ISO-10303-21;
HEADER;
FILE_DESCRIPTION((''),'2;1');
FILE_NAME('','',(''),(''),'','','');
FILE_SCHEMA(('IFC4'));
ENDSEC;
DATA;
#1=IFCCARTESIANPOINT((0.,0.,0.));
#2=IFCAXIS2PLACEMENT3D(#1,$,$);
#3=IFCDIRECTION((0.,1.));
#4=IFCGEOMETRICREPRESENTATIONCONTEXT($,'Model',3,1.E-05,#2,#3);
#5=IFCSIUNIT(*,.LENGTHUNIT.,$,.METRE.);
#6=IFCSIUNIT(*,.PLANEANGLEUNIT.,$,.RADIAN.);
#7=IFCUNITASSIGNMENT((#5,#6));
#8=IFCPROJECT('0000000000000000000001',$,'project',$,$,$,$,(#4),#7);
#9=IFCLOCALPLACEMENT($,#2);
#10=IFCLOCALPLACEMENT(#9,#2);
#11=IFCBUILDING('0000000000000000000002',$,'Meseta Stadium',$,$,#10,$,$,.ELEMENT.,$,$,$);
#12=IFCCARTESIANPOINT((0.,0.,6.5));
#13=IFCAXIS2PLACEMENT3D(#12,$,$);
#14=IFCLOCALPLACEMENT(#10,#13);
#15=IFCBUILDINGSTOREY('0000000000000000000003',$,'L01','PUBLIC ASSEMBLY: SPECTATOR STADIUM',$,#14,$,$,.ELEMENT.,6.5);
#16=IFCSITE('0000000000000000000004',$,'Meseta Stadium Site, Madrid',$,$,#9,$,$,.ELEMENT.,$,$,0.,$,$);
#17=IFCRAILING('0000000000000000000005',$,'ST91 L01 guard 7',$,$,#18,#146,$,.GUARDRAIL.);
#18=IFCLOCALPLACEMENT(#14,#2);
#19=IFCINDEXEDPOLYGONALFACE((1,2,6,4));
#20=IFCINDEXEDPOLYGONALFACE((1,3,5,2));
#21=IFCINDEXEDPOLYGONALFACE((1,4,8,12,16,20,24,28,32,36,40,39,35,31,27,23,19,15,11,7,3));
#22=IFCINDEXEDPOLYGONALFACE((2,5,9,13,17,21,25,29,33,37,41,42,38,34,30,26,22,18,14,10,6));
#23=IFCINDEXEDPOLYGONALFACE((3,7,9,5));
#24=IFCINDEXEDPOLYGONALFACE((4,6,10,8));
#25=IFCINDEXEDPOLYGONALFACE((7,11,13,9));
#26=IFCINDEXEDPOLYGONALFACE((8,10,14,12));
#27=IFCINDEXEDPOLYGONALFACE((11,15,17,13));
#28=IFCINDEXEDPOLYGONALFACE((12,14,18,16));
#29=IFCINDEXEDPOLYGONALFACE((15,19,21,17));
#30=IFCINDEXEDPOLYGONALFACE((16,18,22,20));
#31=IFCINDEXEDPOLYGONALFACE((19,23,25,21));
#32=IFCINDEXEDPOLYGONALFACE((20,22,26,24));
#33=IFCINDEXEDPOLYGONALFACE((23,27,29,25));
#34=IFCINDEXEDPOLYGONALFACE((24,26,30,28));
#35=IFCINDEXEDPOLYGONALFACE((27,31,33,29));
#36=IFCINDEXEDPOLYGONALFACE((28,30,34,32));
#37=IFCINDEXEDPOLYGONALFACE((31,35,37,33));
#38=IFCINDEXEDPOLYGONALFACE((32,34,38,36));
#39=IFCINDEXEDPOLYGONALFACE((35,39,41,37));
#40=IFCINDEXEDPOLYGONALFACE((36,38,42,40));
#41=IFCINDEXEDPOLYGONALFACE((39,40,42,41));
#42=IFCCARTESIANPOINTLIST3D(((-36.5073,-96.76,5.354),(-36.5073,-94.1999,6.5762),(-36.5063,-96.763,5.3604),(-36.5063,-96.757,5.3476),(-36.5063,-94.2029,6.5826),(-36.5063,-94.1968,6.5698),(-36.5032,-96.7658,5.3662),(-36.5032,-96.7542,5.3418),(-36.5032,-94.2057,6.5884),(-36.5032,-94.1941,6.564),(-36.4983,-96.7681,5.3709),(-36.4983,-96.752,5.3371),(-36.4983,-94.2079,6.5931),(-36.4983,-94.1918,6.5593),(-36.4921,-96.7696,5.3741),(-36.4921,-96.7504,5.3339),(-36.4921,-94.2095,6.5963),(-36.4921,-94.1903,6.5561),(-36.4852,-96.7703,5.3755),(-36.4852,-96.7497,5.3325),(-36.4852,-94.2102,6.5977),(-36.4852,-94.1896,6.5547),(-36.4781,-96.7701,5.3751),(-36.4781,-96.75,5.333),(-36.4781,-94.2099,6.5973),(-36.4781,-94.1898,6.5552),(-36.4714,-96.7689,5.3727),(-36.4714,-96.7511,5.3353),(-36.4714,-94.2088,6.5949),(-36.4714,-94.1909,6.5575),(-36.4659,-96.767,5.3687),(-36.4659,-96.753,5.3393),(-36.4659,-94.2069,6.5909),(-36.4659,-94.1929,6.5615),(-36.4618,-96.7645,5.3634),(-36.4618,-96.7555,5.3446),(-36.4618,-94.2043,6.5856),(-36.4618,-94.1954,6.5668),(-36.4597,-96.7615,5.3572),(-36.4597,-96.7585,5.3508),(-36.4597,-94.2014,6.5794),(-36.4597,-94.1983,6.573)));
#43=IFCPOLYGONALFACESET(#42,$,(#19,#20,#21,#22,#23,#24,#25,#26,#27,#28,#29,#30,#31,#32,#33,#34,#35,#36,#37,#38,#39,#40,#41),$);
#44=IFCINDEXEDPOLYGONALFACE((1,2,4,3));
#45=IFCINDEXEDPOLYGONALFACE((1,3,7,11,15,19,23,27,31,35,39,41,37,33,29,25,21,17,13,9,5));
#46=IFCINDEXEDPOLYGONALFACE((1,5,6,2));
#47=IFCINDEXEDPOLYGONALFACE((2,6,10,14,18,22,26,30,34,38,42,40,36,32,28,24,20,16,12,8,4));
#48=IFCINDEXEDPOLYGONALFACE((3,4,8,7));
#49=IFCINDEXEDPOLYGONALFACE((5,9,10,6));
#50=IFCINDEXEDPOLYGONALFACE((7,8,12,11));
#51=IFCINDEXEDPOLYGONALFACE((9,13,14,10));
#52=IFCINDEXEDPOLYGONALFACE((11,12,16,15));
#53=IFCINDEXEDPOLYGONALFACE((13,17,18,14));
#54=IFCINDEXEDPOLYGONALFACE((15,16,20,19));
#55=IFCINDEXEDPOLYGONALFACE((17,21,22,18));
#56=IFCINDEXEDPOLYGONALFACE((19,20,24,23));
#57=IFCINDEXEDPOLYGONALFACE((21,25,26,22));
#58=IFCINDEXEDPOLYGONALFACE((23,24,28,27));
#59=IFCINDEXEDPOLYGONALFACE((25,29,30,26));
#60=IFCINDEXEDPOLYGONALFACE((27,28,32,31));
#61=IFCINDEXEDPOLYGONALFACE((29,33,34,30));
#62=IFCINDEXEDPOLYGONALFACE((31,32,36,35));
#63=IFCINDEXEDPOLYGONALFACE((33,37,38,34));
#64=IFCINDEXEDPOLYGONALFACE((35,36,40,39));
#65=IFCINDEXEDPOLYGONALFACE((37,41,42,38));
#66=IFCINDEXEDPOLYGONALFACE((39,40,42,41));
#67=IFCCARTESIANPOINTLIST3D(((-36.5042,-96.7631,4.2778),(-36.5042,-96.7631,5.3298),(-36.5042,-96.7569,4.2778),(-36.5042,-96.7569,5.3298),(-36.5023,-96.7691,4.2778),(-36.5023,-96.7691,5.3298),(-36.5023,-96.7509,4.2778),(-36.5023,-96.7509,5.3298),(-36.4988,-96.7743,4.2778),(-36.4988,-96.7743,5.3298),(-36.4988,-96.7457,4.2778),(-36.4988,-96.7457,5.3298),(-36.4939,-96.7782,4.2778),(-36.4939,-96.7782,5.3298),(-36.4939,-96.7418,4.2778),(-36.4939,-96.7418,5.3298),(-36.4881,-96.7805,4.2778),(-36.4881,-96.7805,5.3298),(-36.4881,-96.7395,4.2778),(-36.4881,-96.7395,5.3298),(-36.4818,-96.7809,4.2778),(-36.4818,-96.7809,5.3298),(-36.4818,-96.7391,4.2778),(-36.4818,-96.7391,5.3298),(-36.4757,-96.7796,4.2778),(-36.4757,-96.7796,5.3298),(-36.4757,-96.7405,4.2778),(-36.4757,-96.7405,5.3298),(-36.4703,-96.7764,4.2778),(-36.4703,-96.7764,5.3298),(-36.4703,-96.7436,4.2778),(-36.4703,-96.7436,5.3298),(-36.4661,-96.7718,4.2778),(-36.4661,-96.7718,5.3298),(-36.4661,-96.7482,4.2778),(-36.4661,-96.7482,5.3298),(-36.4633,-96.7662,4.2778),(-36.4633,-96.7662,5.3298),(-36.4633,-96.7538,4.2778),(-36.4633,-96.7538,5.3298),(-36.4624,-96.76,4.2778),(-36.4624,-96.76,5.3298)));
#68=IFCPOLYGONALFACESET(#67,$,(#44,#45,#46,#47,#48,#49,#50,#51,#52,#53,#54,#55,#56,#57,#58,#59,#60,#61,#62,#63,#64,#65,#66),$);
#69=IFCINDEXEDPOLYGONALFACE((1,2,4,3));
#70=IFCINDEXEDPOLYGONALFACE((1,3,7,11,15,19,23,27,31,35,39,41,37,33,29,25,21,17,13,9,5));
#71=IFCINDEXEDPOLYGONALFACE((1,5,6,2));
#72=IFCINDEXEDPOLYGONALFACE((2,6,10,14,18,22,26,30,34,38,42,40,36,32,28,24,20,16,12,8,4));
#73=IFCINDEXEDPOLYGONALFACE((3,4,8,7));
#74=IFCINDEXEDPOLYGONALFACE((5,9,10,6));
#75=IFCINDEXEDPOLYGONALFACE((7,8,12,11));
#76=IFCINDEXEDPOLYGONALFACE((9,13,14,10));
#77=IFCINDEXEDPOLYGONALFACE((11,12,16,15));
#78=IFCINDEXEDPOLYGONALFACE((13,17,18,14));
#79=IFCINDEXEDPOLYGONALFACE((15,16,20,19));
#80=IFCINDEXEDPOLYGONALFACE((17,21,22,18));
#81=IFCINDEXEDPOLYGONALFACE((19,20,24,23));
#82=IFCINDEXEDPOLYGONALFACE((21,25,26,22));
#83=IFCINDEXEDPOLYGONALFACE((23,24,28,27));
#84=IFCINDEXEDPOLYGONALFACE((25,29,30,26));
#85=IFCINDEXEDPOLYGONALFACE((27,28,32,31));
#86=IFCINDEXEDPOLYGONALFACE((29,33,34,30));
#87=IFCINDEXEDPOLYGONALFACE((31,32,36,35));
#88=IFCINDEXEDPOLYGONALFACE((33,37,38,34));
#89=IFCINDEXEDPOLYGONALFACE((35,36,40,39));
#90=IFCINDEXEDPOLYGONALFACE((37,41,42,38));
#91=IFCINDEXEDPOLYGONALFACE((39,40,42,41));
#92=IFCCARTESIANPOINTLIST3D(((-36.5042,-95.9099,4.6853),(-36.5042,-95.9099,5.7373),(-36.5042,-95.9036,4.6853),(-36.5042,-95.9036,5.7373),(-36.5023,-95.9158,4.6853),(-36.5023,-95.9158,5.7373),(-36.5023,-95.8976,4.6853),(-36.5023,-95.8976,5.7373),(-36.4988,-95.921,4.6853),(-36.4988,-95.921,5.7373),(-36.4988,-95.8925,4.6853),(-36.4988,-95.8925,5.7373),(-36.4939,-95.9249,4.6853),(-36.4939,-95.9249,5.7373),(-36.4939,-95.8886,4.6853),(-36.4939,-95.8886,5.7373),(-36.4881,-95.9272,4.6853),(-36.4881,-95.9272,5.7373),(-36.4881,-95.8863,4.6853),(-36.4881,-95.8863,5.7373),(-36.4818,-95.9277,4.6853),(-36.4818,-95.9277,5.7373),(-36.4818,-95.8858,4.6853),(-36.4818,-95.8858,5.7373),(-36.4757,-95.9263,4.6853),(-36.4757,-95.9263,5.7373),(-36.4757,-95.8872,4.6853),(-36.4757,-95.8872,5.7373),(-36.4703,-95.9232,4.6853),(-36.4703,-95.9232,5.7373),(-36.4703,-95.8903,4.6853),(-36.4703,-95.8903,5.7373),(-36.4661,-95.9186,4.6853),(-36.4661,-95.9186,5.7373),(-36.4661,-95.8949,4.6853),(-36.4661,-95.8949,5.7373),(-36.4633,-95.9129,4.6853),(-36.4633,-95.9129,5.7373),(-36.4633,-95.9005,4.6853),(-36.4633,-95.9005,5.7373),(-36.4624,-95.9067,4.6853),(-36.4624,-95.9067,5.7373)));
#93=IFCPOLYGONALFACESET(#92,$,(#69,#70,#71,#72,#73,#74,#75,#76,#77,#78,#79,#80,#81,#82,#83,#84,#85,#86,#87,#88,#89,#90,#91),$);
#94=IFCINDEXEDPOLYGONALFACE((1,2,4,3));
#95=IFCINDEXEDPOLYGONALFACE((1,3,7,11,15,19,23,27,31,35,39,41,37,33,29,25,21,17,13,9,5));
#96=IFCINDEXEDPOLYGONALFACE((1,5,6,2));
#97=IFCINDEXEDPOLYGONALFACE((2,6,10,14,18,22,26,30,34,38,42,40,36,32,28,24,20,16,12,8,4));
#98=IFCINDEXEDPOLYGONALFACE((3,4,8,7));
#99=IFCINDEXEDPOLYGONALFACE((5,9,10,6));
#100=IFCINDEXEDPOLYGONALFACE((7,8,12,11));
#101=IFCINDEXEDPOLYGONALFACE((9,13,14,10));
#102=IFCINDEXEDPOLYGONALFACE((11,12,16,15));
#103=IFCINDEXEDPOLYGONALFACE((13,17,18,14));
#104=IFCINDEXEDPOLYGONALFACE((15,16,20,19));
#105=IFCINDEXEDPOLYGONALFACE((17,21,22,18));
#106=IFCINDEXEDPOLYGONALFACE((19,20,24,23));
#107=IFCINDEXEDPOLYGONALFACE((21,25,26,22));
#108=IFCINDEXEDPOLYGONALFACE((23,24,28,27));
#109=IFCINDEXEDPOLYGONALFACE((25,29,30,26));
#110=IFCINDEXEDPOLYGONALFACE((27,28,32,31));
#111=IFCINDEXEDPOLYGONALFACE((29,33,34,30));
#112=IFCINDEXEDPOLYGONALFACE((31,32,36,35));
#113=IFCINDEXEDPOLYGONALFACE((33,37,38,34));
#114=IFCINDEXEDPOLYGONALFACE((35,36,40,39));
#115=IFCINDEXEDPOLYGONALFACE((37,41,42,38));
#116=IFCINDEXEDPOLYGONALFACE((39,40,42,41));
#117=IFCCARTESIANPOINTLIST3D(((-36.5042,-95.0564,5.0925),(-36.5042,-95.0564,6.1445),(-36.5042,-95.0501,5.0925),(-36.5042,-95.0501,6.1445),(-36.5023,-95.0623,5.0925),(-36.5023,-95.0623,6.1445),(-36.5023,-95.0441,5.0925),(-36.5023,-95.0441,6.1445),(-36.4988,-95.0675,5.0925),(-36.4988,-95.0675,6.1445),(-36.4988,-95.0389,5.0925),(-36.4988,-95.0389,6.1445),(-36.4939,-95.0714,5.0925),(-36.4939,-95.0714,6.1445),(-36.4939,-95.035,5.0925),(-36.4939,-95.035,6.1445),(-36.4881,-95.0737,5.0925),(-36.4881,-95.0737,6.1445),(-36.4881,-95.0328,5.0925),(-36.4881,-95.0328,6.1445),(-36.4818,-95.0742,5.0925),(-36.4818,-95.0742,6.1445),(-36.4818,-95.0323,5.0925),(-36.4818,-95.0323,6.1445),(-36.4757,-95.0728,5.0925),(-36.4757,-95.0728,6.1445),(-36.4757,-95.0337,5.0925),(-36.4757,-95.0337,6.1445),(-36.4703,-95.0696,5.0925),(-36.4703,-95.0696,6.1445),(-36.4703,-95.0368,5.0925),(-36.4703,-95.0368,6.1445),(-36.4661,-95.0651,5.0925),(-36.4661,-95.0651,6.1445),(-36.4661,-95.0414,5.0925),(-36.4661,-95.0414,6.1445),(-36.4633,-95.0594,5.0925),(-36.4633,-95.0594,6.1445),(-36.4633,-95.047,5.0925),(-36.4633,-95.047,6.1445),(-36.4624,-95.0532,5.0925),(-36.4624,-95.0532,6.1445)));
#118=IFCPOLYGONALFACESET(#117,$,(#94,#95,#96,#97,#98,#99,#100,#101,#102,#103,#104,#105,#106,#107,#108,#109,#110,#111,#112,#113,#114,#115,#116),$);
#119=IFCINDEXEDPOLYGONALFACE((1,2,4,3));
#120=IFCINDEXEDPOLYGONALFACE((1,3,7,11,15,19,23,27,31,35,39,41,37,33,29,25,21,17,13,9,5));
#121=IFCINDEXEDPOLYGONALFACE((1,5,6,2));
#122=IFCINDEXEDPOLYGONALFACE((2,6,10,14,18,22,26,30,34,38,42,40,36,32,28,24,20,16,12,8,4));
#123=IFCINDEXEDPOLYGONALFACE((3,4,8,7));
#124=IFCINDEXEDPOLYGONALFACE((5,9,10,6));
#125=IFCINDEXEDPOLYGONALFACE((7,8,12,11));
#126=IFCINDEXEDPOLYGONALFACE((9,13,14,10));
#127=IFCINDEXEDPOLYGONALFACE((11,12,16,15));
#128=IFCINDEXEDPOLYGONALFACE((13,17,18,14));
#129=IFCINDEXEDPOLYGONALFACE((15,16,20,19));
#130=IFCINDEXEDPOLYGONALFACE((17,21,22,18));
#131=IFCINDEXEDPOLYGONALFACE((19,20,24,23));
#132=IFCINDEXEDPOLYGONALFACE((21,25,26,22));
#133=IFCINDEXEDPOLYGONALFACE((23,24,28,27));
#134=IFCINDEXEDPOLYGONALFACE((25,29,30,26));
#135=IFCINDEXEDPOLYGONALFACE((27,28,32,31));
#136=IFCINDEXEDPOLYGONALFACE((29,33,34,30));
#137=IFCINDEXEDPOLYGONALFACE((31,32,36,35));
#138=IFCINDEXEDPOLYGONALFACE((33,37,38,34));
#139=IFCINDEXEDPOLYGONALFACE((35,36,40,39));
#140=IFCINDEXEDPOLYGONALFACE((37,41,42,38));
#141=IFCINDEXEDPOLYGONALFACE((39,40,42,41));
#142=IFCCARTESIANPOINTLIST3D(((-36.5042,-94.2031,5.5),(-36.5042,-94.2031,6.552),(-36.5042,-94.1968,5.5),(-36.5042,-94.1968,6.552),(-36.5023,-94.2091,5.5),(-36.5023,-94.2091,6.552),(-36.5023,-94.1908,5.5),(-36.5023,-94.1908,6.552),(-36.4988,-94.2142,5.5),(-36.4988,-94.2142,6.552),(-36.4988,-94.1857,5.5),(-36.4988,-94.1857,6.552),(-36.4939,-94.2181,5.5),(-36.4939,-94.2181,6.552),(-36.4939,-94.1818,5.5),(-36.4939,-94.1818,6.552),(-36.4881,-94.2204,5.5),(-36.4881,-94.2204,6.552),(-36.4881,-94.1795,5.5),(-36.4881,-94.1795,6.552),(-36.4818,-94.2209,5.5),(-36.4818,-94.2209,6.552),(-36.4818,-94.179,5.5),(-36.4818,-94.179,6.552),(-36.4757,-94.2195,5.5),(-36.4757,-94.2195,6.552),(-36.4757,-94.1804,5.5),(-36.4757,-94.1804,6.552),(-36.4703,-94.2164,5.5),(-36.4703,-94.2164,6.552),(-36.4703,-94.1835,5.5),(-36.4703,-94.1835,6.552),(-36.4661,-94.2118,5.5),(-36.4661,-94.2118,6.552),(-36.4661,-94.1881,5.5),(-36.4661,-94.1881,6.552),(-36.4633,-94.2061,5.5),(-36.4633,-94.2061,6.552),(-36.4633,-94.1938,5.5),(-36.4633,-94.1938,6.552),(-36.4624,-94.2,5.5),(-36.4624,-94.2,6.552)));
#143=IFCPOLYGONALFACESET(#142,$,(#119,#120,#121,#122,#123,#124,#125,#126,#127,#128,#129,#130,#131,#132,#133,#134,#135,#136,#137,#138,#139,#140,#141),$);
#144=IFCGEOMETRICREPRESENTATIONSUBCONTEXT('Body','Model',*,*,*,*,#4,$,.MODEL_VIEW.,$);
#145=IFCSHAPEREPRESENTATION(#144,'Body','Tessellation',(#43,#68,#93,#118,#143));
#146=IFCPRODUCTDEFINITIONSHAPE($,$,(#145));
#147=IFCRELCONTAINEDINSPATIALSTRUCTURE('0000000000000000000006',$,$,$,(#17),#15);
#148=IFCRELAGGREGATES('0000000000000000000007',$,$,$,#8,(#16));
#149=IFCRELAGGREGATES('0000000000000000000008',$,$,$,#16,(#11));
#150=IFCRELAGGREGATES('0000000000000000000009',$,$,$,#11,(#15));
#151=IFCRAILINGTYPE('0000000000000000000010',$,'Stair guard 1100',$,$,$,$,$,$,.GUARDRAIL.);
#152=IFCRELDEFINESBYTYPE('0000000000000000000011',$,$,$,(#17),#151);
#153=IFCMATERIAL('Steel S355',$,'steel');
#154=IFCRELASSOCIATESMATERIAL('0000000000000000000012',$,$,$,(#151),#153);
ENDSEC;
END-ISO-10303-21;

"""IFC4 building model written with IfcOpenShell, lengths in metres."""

from ifc_helpers import new_model, si_unit, direction, frame, origin, origin_2d, place, context, subcontext, project, spatial, circle, extrude, material, type_object, element, save


model = new_model("IFC4")

# Units and contexts
model_context = context("Model", 3, precision=1e-05, world=origin(), true_north=direction((0.0, 1.0)))
body_context = subcontext(model_context, "Body", "Model", "MODEL_VIEW")
ifc_project = project(units=[si_unit("LENGTHUNIT", "METRE"), si_unit("PLANEANGLEUNIT", "RADIAN")], contexts=[model_context])

# Site, building, storey
site_placement = place(None, origin())
site = spatial("IfcSite", under=ifc_project, at=site_placement, Name="Meseta Stadium Site, Madrid", CompositionType="ELEMENT", RefElevation=0.0)
building_placement = place(site_placement, origin())
building = spatial("IfcBuilding", under=site, at=building_placement, Name="Meseta Stadium", CompositionType="ELEMENT")
storey_placement = place(building_placement, frame((0.0, 0.0, 6.5)))
storey = spatial("IfcBuildingStorey", under=building, at=storey_placement, Name="L01", Description="PUBLIC ASSEMBLY: SPECTATOR STADIUM", CompositionType="ELEMENT", Elevation=6.5)

# Railing
ifc_material_1 = material(Name="Steel S355", Category="steel")
railing_type_1 = type_object("IfcRailingType", Name="Stair guard 1100", PredefinedType="GUARDRAIL", material=ifc_material_1)
railing_1_placement = place(storey_placement, frame((-36.4834, -96.76, 4.2778)))
element("IfcRailing", 1, at=railing_1_placement, inside=storey, type_object=railing_type_1, Name="ST91 L01 guard 7", PredefinedType="GUARDRAIL", context=body_context, shape_type="SweptSolid", body=[
    extrude(circle(Radius=0.0239, at=origin_2d()), frame((0.0, 0.0, 1.0762), z_axis=(0.0, 0.902437, 0.430822), x_axis=(-1.0, 0.0, 0.0)), (0.0, 0.0, 1.0), 2.8369),
    extrude(circle(Radius=0.021, at=origin_2d()), origin(), (0.0, 0.0, 1.0), 1.052),
    extrude(circle(Radius=0.021, at=origin_2d()), frame((0.0, 0.8533, 0.4075)), (0.0, 0.0, 1.0), 1.052),
    extrude(circle(Radius=0.021, at=origin_2d()), frame((0.0, 1.7068, 0.8147)), (0.0, 0.0, 1.0), 1.052),
    extrude(circle(Radius=0.021, at=origin_2d()), frame((0.0, 2.5601, 1.2222)), (0.0, 0.0, 1.0), 1.052),
])

save(model, "model.ifc")
